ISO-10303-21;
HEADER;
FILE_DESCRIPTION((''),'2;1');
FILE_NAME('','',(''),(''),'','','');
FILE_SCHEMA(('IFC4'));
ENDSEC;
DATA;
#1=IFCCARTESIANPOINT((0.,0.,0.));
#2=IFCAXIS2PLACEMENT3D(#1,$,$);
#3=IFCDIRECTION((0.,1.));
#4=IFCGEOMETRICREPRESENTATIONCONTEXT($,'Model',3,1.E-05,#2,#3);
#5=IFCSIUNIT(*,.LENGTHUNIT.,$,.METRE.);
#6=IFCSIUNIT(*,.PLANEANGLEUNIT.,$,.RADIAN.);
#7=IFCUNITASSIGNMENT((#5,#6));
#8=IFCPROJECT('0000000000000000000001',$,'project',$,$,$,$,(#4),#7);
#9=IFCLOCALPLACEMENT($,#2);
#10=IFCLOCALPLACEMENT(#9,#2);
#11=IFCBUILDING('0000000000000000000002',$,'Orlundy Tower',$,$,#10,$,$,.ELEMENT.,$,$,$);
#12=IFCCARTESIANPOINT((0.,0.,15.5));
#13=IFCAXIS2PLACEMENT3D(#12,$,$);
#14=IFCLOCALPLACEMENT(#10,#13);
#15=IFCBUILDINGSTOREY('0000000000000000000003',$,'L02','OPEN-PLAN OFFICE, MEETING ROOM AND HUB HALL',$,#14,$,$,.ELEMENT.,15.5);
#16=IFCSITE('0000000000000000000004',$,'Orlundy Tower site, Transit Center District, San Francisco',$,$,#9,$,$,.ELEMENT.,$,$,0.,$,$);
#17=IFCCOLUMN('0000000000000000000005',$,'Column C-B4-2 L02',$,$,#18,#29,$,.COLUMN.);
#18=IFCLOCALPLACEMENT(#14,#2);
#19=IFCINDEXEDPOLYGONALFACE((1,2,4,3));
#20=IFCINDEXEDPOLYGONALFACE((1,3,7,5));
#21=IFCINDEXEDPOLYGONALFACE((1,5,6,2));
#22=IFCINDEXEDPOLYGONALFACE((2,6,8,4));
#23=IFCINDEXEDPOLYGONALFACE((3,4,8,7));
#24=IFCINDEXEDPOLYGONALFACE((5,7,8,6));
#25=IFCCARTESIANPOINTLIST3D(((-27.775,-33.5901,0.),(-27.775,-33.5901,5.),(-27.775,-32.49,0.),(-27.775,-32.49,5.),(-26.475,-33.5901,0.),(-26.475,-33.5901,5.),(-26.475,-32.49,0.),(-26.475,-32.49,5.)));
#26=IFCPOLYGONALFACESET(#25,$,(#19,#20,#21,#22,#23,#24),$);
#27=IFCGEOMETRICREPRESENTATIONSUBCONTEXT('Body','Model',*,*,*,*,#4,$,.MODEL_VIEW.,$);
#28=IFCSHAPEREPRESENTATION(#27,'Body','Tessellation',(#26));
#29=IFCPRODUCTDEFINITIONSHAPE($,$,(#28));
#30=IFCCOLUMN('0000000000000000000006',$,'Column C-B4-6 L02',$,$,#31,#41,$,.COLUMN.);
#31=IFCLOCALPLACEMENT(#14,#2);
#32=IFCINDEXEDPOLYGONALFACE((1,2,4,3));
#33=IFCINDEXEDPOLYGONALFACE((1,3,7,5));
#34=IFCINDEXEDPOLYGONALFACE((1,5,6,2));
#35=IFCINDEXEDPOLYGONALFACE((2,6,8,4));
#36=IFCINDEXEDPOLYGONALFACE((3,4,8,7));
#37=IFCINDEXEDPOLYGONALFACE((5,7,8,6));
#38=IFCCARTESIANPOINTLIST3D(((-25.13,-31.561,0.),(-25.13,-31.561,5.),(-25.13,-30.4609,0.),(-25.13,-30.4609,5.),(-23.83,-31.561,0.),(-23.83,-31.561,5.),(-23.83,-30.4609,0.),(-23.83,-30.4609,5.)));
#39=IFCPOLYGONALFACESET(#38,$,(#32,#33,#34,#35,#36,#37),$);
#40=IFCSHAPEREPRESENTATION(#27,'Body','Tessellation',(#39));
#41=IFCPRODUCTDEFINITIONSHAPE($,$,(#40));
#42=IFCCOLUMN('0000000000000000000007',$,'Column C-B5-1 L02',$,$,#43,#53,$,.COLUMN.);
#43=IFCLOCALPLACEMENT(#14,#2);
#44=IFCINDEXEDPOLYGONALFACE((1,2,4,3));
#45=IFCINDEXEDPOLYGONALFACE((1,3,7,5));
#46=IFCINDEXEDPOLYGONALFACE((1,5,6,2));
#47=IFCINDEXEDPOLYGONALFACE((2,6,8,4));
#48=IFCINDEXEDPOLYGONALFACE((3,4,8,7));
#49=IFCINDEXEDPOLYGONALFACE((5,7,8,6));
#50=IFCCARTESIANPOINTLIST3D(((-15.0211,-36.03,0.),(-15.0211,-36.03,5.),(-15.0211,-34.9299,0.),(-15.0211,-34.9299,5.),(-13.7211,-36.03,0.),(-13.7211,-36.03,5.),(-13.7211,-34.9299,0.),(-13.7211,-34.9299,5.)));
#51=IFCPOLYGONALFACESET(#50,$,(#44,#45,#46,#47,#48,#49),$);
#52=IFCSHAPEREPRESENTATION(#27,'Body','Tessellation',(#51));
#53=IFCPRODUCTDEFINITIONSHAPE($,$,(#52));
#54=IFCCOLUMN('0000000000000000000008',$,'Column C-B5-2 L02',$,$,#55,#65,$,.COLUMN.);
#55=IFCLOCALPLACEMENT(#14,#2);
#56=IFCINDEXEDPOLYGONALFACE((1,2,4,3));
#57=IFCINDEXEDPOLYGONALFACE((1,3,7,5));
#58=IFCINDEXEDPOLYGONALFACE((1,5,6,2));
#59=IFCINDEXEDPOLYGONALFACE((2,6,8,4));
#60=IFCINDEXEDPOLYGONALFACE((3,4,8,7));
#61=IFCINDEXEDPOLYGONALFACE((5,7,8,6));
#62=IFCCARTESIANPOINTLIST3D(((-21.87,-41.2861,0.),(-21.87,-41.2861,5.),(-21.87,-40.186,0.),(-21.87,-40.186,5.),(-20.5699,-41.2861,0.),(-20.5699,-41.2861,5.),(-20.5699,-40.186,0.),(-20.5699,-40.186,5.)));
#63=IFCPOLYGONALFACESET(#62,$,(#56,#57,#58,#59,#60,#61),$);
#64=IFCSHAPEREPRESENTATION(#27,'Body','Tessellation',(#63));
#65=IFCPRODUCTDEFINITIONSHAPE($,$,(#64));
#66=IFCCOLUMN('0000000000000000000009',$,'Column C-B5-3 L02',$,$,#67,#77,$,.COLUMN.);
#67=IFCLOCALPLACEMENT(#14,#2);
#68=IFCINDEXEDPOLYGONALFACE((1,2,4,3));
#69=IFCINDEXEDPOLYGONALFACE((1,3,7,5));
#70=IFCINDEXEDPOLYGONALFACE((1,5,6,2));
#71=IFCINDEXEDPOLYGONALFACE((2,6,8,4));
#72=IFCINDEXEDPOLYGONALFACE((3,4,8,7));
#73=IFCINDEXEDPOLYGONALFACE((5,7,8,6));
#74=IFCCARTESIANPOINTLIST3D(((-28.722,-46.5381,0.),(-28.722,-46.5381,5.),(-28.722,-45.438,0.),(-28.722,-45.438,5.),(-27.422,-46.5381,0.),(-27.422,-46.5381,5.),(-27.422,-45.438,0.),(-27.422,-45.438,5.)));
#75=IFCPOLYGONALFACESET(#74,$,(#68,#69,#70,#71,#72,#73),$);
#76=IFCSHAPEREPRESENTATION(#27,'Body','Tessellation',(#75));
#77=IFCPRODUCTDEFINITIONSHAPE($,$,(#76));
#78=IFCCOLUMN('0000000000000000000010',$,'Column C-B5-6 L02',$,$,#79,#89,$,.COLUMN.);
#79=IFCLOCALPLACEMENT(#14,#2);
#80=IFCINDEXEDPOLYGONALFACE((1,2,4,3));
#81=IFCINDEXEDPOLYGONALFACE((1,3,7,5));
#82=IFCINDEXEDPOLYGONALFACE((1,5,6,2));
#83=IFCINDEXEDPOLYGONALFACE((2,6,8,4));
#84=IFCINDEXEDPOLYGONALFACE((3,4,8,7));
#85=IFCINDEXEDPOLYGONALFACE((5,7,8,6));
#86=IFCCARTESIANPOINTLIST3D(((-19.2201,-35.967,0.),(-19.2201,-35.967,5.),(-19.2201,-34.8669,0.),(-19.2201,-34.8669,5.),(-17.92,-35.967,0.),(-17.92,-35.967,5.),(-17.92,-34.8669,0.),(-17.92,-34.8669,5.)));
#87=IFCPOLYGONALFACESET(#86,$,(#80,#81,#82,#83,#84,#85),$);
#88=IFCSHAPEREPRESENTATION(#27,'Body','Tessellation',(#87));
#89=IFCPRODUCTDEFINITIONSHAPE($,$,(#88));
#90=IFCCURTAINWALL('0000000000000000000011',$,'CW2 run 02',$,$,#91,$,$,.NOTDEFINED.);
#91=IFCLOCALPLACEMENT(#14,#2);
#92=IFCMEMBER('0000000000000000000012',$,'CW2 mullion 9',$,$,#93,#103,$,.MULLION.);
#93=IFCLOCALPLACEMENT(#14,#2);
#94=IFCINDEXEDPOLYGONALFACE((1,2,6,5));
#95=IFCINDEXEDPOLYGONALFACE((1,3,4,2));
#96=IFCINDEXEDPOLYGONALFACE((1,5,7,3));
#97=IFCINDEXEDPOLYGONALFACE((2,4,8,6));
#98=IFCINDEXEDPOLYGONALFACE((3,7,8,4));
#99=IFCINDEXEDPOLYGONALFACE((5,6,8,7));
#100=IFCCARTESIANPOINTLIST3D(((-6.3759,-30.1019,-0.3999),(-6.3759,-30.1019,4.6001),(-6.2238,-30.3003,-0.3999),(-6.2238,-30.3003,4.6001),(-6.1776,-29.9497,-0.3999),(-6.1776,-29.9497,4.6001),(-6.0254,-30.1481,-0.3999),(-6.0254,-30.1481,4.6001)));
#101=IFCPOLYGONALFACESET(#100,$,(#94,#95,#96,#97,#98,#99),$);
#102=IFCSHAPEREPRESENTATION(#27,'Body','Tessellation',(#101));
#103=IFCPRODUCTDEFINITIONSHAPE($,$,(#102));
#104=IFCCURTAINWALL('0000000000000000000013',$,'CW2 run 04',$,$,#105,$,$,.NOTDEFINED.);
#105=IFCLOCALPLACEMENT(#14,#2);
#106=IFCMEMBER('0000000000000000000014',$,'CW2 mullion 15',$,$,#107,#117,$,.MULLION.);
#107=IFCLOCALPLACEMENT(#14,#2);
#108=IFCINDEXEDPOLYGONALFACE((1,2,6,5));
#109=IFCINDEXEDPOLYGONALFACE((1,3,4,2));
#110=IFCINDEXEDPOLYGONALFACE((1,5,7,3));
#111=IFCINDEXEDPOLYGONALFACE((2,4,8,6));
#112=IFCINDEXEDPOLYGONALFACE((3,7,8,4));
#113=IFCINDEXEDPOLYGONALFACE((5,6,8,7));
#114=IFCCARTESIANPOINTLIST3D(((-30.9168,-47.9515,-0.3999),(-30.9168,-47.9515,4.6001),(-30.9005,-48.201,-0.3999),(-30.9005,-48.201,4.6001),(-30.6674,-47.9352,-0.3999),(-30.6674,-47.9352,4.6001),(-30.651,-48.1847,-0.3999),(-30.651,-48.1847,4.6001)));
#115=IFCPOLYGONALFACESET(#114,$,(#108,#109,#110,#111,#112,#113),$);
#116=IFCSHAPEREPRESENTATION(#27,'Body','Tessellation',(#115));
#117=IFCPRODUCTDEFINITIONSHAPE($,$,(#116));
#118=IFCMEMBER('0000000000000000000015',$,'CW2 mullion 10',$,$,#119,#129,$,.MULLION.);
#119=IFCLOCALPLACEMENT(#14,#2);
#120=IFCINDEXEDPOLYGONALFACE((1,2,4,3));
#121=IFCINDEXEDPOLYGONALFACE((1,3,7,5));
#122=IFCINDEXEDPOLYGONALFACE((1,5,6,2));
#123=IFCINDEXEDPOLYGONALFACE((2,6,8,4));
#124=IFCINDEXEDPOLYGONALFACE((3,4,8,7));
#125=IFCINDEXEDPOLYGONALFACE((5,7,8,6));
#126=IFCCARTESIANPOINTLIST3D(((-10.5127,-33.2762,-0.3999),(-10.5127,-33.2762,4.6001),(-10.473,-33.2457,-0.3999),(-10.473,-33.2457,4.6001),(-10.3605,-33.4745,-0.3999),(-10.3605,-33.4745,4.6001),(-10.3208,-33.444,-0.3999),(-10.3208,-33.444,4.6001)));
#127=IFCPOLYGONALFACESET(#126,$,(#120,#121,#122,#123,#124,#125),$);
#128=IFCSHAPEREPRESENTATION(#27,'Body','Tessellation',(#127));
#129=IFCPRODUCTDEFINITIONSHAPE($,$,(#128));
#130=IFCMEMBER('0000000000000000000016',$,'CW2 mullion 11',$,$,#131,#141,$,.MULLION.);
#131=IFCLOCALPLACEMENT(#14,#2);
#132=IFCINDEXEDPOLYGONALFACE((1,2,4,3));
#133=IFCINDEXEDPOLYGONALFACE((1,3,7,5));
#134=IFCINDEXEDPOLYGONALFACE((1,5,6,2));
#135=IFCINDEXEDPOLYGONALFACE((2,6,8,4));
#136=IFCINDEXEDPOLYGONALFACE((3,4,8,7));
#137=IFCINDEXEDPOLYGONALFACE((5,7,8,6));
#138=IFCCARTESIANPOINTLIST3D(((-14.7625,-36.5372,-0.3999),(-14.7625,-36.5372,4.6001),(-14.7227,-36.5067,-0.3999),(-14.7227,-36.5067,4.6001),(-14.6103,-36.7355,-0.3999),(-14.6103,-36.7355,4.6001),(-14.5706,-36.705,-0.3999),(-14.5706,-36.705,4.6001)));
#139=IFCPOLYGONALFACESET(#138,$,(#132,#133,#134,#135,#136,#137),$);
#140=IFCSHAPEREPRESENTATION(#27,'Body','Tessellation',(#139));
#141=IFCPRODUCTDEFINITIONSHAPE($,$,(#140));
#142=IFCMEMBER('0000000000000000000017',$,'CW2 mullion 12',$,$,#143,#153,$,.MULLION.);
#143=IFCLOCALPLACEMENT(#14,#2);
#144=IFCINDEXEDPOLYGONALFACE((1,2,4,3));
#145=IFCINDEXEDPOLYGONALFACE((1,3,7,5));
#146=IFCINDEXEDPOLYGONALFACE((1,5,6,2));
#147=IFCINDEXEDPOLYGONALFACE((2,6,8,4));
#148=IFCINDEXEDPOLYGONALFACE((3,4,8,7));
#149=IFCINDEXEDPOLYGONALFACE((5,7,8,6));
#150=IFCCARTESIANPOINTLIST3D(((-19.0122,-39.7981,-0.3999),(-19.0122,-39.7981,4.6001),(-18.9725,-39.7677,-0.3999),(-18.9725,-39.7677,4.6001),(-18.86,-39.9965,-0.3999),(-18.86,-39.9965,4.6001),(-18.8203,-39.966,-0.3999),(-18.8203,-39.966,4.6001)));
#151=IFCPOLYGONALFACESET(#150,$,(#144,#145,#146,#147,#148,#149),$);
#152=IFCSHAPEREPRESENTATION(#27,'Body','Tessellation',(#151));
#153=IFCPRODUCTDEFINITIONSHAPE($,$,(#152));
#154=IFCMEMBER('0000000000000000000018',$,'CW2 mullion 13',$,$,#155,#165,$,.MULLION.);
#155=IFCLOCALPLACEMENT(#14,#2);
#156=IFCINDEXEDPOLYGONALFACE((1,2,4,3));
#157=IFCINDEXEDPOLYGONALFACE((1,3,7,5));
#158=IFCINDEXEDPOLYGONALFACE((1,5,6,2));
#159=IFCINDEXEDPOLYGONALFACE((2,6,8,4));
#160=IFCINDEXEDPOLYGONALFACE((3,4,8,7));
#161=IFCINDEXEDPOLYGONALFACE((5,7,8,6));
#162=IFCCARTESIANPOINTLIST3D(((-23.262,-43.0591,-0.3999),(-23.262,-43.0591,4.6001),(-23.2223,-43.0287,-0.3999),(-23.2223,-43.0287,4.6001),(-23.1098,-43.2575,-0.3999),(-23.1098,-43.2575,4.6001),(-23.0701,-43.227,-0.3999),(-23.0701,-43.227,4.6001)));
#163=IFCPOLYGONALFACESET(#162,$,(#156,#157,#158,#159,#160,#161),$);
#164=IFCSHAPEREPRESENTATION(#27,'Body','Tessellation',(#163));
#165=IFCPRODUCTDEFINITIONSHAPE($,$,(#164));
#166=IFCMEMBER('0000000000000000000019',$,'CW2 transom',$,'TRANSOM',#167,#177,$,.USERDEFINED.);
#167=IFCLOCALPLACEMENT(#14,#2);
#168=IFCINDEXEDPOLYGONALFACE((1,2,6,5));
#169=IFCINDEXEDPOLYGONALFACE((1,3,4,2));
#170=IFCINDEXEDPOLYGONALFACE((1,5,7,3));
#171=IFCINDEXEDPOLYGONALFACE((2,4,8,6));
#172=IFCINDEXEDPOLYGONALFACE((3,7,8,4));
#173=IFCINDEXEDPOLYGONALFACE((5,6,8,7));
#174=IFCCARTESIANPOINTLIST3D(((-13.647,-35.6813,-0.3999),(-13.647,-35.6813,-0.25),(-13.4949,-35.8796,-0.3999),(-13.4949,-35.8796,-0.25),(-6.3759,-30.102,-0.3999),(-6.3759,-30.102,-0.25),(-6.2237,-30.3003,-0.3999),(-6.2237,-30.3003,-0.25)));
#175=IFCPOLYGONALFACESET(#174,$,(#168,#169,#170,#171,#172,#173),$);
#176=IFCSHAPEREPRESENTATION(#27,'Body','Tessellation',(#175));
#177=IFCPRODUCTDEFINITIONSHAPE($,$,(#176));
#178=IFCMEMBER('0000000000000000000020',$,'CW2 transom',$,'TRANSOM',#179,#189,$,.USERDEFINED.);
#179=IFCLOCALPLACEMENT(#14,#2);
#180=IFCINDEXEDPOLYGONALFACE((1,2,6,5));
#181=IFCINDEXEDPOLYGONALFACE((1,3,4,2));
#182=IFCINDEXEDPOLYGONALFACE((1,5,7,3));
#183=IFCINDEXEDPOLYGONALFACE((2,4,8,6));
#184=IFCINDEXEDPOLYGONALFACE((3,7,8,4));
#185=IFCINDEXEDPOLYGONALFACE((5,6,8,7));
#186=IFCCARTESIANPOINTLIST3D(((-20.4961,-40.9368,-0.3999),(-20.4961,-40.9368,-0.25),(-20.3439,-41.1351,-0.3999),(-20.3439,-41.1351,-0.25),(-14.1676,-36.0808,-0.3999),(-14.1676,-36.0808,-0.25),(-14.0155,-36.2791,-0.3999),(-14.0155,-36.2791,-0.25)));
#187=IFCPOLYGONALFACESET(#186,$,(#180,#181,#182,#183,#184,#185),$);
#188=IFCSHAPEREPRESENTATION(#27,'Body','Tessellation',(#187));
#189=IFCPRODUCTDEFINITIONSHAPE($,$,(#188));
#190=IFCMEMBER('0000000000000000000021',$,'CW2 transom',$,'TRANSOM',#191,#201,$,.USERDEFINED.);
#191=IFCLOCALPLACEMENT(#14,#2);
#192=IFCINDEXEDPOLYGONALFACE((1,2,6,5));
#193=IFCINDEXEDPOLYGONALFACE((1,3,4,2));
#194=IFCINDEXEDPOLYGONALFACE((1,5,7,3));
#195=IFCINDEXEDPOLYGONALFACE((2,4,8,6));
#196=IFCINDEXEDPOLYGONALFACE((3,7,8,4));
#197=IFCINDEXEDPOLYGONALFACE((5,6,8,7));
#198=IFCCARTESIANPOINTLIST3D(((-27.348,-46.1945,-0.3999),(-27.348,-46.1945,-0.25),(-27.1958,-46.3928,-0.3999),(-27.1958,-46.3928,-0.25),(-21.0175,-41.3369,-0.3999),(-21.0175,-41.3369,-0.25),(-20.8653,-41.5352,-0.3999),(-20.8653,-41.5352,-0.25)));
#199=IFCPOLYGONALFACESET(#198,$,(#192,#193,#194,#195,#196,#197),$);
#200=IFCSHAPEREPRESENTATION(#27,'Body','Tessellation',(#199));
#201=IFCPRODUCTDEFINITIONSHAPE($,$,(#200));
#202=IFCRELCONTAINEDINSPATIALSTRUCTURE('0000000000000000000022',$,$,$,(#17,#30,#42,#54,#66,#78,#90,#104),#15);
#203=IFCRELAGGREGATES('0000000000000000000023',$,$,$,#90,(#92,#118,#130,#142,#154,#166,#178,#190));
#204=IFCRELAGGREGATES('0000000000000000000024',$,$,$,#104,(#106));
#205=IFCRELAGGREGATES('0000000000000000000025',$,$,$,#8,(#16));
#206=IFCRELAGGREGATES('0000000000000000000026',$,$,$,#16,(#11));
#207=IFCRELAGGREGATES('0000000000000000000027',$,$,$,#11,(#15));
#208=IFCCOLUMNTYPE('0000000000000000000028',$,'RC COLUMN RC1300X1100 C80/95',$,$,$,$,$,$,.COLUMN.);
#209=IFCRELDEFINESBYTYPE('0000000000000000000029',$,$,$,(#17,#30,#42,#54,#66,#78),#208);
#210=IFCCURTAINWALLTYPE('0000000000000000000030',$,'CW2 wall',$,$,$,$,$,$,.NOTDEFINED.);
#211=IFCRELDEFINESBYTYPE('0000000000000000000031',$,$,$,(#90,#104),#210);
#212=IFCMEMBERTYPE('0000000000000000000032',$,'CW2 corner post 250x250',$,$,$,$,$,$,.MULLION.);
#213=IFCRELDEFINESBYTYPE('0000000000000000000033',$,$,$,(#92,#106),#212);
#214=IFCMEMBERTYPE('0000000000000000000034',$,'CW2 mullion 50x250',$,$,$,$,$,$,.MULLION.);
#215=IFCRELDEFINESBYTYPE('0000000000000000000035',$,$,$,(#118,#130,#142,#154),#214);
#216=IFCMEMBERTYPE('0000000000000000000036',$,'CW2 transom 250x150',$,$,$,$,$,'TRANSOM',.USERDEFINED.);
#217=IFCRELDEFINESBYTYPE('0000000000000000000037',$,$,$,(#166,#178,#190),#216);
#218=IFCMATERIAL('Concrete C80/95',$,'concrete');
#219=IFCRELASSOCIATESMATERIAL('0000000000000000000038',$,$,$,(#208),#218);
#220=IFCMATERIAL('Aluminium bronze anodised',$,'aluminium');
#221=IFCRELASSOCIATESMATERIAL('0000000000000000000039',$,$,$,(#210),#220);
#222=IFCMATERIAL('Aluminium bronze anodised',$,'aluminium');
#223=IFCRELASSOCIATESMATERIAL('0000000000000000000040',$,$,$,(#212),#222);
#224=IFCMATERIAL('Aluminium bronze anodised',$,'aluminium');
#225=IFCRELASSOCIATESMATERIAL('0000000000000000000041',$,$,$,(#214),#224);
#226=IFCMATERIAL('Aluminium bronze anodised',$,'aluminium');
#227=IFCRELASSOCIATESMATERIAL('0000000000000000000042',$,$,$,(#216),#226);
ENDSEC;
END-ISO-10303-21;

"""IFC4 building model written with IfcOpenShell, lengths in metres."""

from ifc_helpers import new_model, si_unit, direction, frame, origin, origin_2d, place, context, subcontext, project, spatial, rectangle, extrude, material, material_profile, profile_set, type_object, element, aggregate, save


model = new_model("IFC4")

# Units and contexts
model_context = context("Model", 3, precision=1e-05, world=origin(), true_north=direction((0.0, 1.0)))
body_context = subcontext(model_context, "Body", "Model", "MODEL_VIEW")
ifc_project = project(units=[si_unit("LENGTHUNIT", "METRE"), si_unit("PLANEANGLEUNIT", "RADIAN")], contexts=[model_context])

# Site, building, storey
site_placement = place(None, origin())
site = spatial("IfcSite", under=ifc_project, at=site_placement, Name="Orlundy Tower site, Transit Center District, San Francisco", CompositionType="ELEMENT", RefElevation=0.0)
building_placement = place(site_placement, origin())
building = spatial("IfcBuilding", under=site, at=building_placement, Name="Orlundy Tower", CompositionType="ELEMENT")
storey_placement = place(building_placement, frame((0.0, 0.0, 15.5)))
storey = spatial("IfcBuildingStorey", under=building, at=storey_placement, Name="L02", Description="OPEN-PLAN OFFICE, MEETING ROOM AND HUB HALL", CompositionType="ELEMENT", Elevation=15.5)

# Columns
ifc_material_1 = material(Name="Concrete C80/95", Category="concrete")
ifc_material_profile_1 = material_profile(ifc_material_1, rectangle(XDim=1.3, YDim=1.1001, at=origin_2d()), Name="RC1300X1100")
ifc_profile_set_1 = profile_set([ifc_material_profile_1], Name="Concrete C80/95")
column_type = type_object("IfcColumnType", Name="RC COLUMN RC1300X1100 C80/95", PredefinedType="COLUMN", material=ifc_profile_set_1)
for number, where, z_axis, x_axis, name in (
    (1, (-27.125, -33.04, 0.0), (0.0, 0.0, 1.0), (1.0, 0.0, 0.0), "Column C-B4-2 L02"),
    (2, (-24.48, -31.011, 0.0), (0.0, 0.0, 1.0), (1.0, 0.0, 0.0), "Column C-B4-6 L02"),
    (3, (-14.3711, -35.48, 0.0), (0.0, 0.0, 1.0), (1.0, 0.0, 0.0), "Column C-B5-1 L02"),
    (4, (-21.22, -40.7361, 0.0), (0.0, 0.0, 1.0), (1.0, 0.0, 0.0), "Column C-B5-2 L02"),
    (5, (-28.072, -45.988, 0.0), (0.0, 0.0, 1.0), (1.0, 0.0, 0.0), "Column C-B5-3 L02"),
    (6, (-18.5701, -35.417, 0.0), (0.0, 0.0, 1.0), (1.0, 0.0, 0.0), "Column C-B5-6 L02"),
):
    element("IfcColumn", number, at=place(storey_placement, frame(where, z_axis=z_axis, x_axis=x_axis)), inside=storey, type_object=column_type, Name=name, PredefinedType="COLUMN", context=body_context, shape_type="SweptSolid", body=[
        extrude(rectangle(XDim=1.3, YDim=1.1001, at=origin_2d()), origin(), (0.0, 0.0, 1.0), 5.0),
    ])

# Curtain walls, members
ifc_material_2 = material(Name="Aluminium bronze anodised", Category="aluminium")
curtain_wall_type = type_object("IfcCurtainWallType", Name="CW2 wall", PredefinedType="NOTDEFINED", material=ifc_material_2)
curtain_wall_1_placement = place(storey_placement, origin())
curtain_wall_1 = element("IfcCurtainWall", 7, at=curtain_wall_1_placement, inside=storey, type_object=curtain_wall_type, Name="CW2 run 02", PredefinedType="NOTDEFINED")
ifc_material_3 = material(Name="Aluminium bronze anodised", Category="aluminium")
ifc_material_profile_2 = material_profile(ifc_material_3, rectangle(XDim=0.25, YDim=0.25, at=origin_2d()), Name="CW2 corner post 250x250")
ifc_profile_set_2 = profile_set([ifc_material_profile_2], Name="Aluminium bronze anodised")
member_type_1 = type_object("IfcMemberType", Name="CW2 corner post 250x250", PredefinedType="MULLION", material=ifc_profile_set_2)
member_1_placement = place(storey_placement, frame((-6.2007, -30.125, -0.3999), z_axis=(0.0, 0.0, 1.0), x_axis=(0.608763, -0.793352, 0.0)))
member_1 = element("IfcMember", 8, at=member_1_placement, type_object=member_type_1, Name="CW2 mullion 9", PredefinedType="MULLION", context=body_context, shape_type="SweptSolid", body=[
    extrude(rectangle(XDim=0.25, YDim=0.25, at=origin_2d()), origin(), (0.0, 0.0, 1.0), 5.0),
])
curtain_wall_2_placement = place(storey_placement, origin())
curtain_wall_2 = element("IfcCurtainWall", 9, at=curtain_wall_2_placement, inside=storey, type_object=curtain_wall_type, Name="CW2 run 04", PredefinedType="NOTDEFINED")
member_2_placement = place(storey_placement, frame((-30.7839, -48.0681, -0.3999), z_axis=(0.0, 0.0, 1.0), x_axis=(0.065284, -0.997867, 0.0)))
member_2 = element("IfcMember", 10, at=member_2_placement, type_object=member_type_1, Name="CW2 mullion 15", PredefinedType="MULLION", context=body_context, shape_type="SweptSolid", body=[
    extrude(rectangle(XDim=0.25, YDim=0.25, at=origin_2d()), origin(), (0.0, 0.0, 1.0), 5.0),
])

# Members
ifc_material_4 = material(Name="Aluminium bronze anodised", Category="aluminium")
ifc_material_profile_3 = material_profile(ifc_material_4, rectangle(XDim=0.25, YDim=0.05, at=origin_2d()), Name="CW2 mullion 50x250")
ifc_profile_set_3 = profile_set([ifc_material_profile_3], Name="Aluminium bronze anodised")
member_type_2 = type_object("IfcMemberType", Name="CW2 mullion 50x250", PredefinedType="MULLION", material=ifc_profile_set_3)
member_3_placement = place(storey_placement, frame((-10.4167, -33.3601, -0.3999), z_axis=(0.0, 0.0, 1.0), x_axis=(0.608763, -0.793352, 0.0)))
member_3 = element("IfcMember", 11, at=member_3_placement, type_object=member_type_2, Name="CW2 mullion 10", PredefinedType="MULLION", context=body_context, shape_type="SweptSolid", body=[
    extrude(rectangle(XDim=0.25, YDim=0.05, at=origin_2d()), origin(), (0.0, 0.0, 1.0), 5.0),
])
member_4_placement = place(storey_placement, frame((-14.6665, -36.6211, -0.3999), z_axis=(0.0, 0.0, 1.0), x_axis=(0.608763, -0.793352, 0.0)))
member_4 = element("IfcMember", 12, at=member_4_placement, type_object=member_type_2, Name="CW2 mullion 11", PredefinedType="MULLION", context=body_context, shape_type="SweptSolid", body=[
    extrude(rectangle(XDim=0.25, YDim=0.05, at=origin_2d()), origin(), (0.0, 0.0, 1.0), 5.0),
])
member_5_placement = place(storey_placement, frame((-18.9163, -39.8821, -0.3999), z_axis=(0.0, 0.0, 1.0), x_axis=(0.608763, -0.793352, 0.0)))
member_5 = element("IfcMember", 13, at=member_5_placement, type_object=member_type_2, Name="CW2 mullion 12", PredefinedType="MULLION", context=body_context, shape_type="SweptSolid", body=[
    extrude(rectangle(XDim=0.25, YDim=0.05, at=origin_2d()), origin(), (0.0, 0.0, 1.0), 5.0),
])
member_6_placement = place(storey_placement, frame((-23.166, -43.1431, -0.3999), z_axis=(0.0, 0.0, 1.0), x_axis=(0.608763, -0.793352, 0.0)))
member_6 = element("IfcMember", 14, at=member_6_placement, type_object=member_type_2, Name="CW2 mullion 13", PredefinedType="MULLION", context=body_context, shape_type="SweptSolid", body=[
    extrude(rectangle(XDim=0.25, YDim=0.05, at=origin_2d()), origin(), (0.0, 0.0, 1.0), 5.0),
])
ifc_material_5 = material(Name="Aluminium bronze anodised", Category="aluminium")
ifc_material_profile_4 = material_profile(ifc_material_5, rectangle(XDim=0.25, YDim=0.1499, at=origin_2d()), Name="CW2 transom 250x150")
ifc_profile_set_4 = profile_set([ifc_material_profile_4], Name="Aluminium bronze anodised")
member_type_3 = type_object("IfcMemberType", Name="CW2 transom 250x150", ElementType="TRANSOM", PredefinedType="USERDEFINED", material=ifc_profile_set_4)
member_7_placement = place(storey_placement, frame((-6.2998, -30.2012, -0.325), z_axis=(-0.793357, -0.608756, 0.0), x_axis=(0.608756, -0.793357, 0.0)))
member_7 = element("IfcMember", 15, at=member_7_placement, type_object=member_type_3, Name="CW2 transom", ObjectType="TRANSOM", PredefinedType="USERDEFINED", context=body_context, shape_type="SweptSolid", body=[
    extrude(rectangle(XDim=0.25, YDim=0.1499, at=origin_2d()), origin(), (0.0, 0.0, 1.0), 9.165),
])
member_8_placement = place(storey_placement, frame((-14.0916, -36.1799, -0.325), z_axis=(-0.793352, -0.608764, 0.0), x_axis=(0.608764, -0.793352, 0.0)))
member_8 = element("IfcMember", 16, at=member_8_placement, type_object=member_type_3, Name="CW2 transom", ObjectType="TRANSOM", PredefinedType="USERDEFINED", context=body_context, shape_type="SweptSolid", body=[
    extrude(rectangle(XDim=0.25, YDim=0.1499, at=origin_2d()), origin(), (0.0, 0.0, 1.0), 7.9768),
])
member_9_placement = place(storey_placement, frame((-20.9414, -41.436, -0.325), z_axis=(-0.79335, -0.608765, 0.0), x_axis=(0.608765, -0.79335, 0.0)))
member_9 = element("IfcMember", 17, at=member_9_placement, type_object=member_type_3, Name="CW2 transom", ObjectType="TRANSOM", PredefinedType="USERDEFINED", context=body_context, shape_type="SweptSolid", body=[
    extrude(rectangle(XDim=0.25, YDim=0.1499, at=origin_2d()), origin(), (0.0, 0.0, 1.0), 7.9795),
])

aggregate(curtain_wall_1, [member_1, member_3, member_4, member_5, member_6, member_7, member_8, member_9])
aggregate(curtain_wall_2, [member_2])

save(model, "model.ifc")
